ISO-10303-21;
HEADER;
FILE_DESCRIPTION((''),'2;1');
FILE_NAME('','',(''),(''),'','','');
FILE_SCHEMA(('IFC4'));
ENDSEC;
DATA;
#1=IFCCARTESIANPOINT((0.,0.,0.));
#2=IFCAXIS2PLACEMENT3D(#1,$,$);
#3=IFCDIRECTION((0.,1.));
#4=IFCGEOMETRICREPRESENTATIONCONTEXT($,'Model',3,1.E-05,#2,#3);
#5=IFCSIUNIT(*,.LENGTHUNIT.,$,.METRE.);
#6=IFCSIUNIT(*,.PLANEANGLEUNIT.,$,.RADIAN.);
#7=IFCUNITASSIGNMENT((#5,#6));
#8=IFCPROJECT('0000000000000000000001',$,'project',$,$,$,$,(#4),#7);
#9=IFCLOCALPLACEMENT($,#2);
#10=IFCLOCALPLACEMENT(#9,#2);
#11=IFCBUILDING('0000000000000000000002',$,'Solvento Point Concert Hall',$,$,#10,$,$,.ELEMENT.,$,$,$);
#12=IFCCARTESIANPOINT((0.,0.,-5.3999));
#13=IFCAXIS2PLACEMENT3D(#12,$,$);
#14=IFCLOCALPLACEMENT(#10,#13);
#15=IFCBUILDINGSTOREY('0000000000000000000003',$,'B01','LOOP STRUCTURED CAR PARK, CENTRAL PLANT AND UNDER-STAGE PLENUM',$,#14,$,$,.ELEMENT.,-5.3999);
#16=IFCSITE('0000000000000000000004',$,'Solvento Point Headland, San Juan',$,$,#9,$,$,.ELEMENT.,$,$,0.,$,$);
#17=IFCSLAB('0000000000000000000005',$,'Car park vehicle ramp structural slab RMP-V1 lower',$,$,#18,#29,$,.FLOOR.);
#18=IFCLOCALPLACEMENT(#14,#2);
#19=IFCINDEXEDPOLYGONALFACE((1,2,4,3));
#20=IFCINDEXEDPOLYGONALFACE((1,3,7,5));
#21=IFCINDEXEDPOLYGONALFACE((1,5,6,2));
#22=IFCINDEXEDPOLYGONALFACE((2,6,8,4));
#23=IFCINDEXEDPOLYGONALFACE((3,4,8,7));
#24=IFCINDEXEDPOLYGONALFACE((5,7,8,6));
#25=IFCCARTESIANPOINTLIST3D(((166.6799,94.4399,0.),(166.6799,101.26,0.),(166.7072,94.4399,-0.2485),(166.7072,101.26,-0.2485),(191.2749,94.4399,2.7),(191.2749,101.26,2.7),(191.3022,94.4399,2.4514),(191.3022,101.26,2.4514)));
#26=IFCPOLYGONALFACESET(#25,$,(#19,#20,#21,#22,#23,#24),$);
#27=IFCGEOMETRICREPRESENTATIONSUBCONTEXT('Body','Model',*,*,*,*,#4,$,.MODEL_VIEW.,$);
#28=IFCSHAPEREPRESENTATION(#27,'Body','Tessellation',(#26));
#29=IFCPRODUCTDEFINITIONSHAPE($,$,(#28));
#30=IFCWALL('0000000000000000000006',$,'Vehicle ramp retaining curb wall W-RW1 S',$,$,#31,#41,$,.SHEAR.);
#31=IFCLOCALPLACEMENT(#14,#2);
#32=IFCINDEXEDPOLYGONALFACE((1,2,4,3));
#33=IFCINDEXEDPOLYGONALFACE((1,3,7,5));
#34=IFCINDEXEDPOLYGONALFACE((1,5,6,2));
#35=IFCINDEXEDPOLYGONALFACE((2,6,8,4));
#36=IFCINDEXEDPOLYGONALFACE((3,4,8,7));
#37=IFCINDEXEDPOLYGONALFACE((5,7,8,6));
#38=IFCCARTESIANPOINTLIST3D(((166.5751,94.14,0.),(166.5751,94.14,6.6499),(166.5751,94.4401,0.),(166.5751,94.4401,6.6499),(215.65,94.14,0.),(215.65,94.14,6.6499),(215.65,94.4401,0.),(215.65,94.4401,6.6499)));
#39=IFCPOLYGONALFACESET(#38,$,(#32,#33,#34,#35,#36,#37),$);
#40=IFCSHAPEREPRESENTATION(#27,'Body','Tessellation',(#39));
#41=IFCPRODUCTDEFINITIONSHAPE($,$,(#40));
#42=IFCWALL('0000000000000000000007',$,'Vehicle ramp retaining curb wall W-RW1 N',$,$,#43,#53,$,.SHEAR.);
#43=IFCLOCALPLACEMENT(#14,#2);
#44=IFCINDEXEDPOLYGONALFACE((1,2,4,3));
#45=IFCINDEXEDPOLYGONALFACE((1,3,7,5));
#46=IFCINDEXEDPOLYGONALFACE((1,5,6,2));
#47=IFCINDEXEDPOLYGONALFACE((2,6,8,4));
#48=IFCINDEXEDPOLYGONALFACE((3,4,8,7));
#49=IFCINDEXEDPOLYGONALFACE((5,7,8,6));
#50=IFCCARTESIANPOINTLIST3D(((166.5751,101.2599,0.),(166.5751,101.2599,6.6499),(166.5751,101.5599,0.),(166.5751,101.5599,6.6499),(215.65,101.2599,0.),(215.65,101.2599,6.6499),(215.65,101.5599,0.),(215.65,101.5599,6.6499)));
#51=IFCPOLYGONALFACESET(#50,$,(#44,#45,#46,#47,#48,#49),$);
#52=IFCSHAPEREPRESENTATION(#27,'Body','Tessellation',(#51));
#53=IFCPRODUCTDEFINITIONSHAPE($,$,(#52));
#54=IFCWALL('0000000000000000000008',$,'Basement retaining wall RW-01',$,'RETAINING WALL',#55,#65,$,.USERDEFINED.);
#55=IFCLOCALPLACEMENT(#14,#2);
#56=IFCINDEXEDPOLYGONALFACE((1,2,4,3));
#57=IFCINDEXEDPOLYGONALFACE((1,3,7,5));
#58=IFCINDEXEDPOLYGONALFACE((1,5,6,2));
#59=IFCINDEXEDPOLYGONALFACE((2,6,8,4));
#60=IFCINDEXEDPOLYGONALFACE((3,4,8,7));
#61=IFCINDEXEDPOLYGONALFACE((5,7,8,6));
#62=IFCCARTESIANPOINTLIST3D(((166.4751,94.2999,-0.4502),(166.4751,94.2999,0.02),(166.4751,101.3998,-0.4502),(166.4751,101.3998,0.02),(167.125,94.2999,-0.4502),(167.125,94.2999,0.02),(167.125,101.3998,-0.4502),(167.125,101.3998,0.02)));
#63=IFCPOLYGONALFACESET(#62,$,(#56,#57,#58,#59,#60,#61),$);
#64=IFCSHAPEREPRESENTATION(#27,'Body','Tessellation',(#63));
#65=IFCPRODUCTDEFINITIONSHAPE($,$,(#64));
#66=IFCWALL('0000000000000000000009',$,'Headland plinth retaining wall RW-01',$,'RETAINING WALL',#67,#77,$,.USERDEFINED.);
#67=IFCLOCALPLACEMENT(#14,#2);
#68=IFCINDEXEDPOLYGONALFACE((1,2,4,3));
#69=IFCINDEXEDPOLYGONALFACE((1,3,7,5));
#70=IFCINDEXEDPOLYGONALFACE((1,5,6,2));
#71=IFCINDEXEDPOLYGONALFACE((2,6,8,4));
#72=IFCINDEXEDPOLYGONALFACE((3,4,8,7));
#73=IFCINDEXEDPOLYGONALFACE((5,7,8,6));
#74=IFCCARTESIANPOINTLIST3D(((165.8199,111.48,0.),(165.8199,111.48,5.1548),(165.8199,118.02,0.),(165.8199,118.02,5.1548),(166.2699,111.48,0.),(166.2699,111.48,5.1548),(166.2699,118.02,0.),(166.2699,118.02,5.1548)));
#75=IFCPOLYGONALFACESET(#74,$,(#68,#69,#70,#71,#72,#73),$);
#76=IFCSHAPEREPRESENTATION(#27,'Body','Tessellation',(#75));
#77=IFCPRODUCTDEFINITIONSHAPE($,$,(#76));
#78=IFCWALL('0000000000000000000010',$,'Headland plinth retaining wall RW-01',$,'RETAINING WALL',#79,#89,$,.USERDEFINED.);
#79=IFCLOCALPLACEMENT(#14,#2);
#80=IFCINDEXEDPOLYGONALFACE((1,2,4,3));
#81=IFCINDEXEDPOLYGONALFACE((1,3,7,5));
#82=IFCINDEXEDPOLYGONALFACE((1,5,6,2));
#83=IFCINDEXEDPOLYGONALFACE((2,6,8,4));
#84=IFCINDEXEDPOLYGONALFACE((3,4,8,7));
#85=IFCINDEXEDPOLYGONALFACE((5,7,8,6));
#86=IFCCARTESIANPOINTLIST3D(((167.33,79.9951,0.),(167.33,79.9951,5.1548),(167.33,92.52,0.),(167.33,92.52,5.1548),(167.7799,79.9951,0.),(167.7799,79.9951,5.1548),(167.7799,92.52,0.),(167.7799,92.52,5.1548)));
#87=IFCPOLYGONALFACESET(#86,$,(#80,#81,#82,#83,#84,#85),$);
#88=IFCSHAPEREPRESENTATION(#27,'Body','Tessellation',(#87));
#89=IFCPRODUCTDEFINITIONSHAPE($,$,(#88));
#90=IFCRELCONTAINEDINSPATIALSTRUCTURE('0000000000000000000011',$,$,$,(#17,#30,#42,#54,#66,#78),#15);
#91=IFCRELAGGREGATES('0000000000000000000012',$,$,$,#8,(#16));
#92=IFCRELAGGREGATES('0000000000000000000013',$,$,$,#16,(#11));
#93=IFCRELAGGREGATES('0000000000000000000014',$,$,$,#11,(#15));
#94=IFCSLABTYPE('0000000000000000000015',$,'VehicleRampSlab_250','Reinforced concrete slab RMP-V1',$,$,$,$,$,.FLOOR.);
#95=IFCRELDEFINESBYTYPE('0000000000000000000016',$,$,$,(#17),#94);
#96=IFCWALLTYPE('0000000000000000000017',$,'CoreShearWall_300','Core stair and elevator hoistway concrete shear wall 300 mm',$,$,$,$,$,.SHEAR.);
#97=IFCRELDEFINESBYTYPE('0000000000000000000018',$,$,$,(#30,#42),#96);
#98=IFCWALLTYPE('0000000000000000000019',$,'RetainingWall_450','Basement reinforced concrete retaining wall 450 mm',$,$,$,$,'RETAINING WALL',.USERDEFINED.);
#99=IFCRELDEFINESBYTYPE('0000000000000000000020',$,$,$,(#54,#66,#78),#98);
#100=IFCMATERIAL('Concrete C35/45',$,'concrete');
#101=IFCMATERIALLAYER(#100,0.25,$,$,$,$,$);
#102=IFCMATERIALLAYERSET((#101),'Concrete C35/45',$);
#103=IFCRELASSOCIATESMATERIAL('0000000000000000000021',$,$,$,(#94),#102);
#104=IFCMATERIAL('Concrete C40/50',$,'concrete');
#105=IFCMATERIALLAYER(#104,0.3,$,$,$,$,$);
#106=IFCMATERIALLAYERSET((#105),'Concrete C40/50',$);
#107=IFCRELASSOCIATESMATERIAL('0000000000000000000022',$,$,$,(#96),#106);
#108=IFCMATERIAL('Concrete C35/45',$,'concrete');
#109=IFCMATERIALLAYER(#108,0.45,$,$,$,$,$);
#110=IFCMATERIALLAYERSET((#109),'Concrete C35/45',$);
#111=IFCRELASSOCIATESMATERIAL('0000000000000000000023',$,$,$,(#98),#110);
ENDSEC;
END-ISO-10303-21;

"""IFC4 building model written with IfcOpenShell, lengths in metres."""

from ifc_helpers import new_model, si_unit, direction, frame, frame_2d, origin, place, context, subcontext, project, spatial, polyline, rectangle, outline, extrude, material, layer, layer_set, type_object, element, save


model = new_model("IFC4")

# Units and contexts
model_context = context("Model", 3, precision=1e-05, world=origin(), true_north=direction((0.0, 1.0)))
body_context = subcontext(model_context, "Body", "Model", "MODEL_VIEW")
ifc_project = project(units=[si_unit("LENGTHUNIT", "METRE"), si_unit("PLANEANGLEUNIT", "RADIAN")], contexts=[model_context])

# Site, building, storey
site_placement = place(None, origin())
site = spatial("IfcSite", under=ifc_project, at=site_placement, Name="Solvento Point Headland, San Juan", CompositionType="ELEMENT", RefElevation=0.0)
building_placement = place(site_placement, origin())
building = spatial("IfcBuilding", under=site, at=building_placement, Name="Solvento Point Concert Hall", CompositionType="ELEMENT")
storey_placement = place(building_placement, frame((0.0, 0.0, -5.3999)))
storey = spatial("IfcBuildingStorey", under=building, at=storey_placement, Name="B01", Description="LOOP STRUCTURED CAR PARK, CENTRAL PLANT AND UNDER-STAGE PLENUM", CompositionType="ELEMENT", Elevation=-5.3999)

# Slab
ifc_material_1 = material(Name="Concrete C35/45", Category="concrete")
ifc_layer_1 = layer(ifc_material_1, 0.25)
ifc_layer_set_1 = layer_set([ifc_layer_1], Name="Concrete C35/45")
slab_type = type_object("IfcSlabType", Name="VehicleRampSlab_250", Description="Reinforced concrete slab RMP-V1", PredefinedType="FLOOR", material=ifc_layer_set_1)
slab_placement = place(storey_placement, frame((166.6799, 94.4399, 0.0), z_axis=(-0.109121, 0.0, 0.994028), x_axis=(0.994028, 0.0, 0.109121)))
element("IfcSlab", 1, at=slab_placement, inside=storey, type_object=slab_type, Name="Car park vehicle ramp structural slab RMP-V1 lower", PredefinedType="FLOOR", context=body_context, shape_type="SweptSolid", body=[
    extrude(outline(polyline([(0.0, 0.0), (24.7427, 0.0), (24.7427, 6.8201), (0.0, 6.8201), (0.0, 0.0)])), origin(), (0.0, 0.0, -1.0), 0.25),
])

# Walls
ifc_material_2 = material(Name="Concrete C40/50", Category="concrete")
ifc_layer_2 = layer(ifc_material_2, 0.3)
ifc_layer_set_2 = layer_set([ifc_layer_2], Name="Concrete C40/50")
wall_type_1 = type_object("IfcWallType", Name="CoreShearWall_300", Description="Core stair and elevator hoistway concrete shear wall 300 mm", PredefinedType="SHEAR", material=ifc_layer_set_2)
for number, where, z_axis, x_axis, name in (
    (2, (166.575, 94.29, 0.0), (0.0, 0.0, 1.0), (1.0, 0.0, 0.0), "Vehicle ramp retaining curb wall W-RW1 S"),
    (3, (166.575, 101.4099, 0.0), (0.0, 0.0, 1.0), (1.0, 0.0, 0.0), "Vehicle ramp retaining curb wall W-RW1 N"),
):
    element("IfcWall", number, at=place(storey_placement, frame(where, z_axis=z_axis, x_axis=x_axis)), inside=storey, type_object=wall_type_1, Name=name, PredefinedType="SHEAR", context=body_context, shape_type="SweptSolid", body=[
        extrude(rectangle(XDim=49.075, YDim=0.3, at=frame_2d((24.5376, 0.0))), origin(), (0.0, 0.0, 1.0), 6.6499),
    ])
ifc_material_3 = material(Name="Concrete C35/45", Category="concrete")
ifc_layer_3 = layer(ifc_material_3, 0.45)
ifc_layer_set_3 = layer_set([ifc_layer_3], Name="Concrete C35/45")
wall_type_2 = type_object("IfcWallType", Name="RetainingWall_450", Description="Basement reinforced concrete retaining wall 450 mm", ElementType="RETAINING WALL", PredefinedType="USERDEFINED", material=ifc_layer_set_3)
wall_1_placement = place(storey_placement, frame((166.8, 94.3, -0.4502), z_axis=(0.0, 0.0, 1.0), x_axis=(0.0, 1.0, 0.0)))
element("IfcWall", 4, at=wall_1_placement, inside=storey, type_object=wall_type_2, Name="Basement retaining wall RW-01", ObjectType="RETAINING WALL", PredefinedType="USERDEFINED", context=body_context, shape_type="SweptSolid", body=[
    extrude(rectangle(XDim=7.0999, YDim=0.6499, at=frame_2d((3.5498, 0.0))), origin(), (0.0, 0.0, 1.0), 0.4702),
])
wall_2_placement = place(storey_placement, frame((166.0449, 111.48, 0.0), z_axis=(0.0, 0.0, 1.0), x_axis=(0.0, 1.0, 0.0)))
element("IfcWall", 5, at=wall_2_placement, inside=storey, type_object=wall_type_2, Name="Headland plinth retaining wall RW-01", ObjectType="RETAINING WALL", PredefinedType="USERDEFINED", context=body_context, shape_type="SweptSolid", body=[
    extrude(rectangle(XDim=6.54, YDim=0.45, at=frame_2d((3.27, 0.0))), origin(), (0.0, 0.0, 1.0), 5.1548),
])
wall_3_placement = place(storey_placement, frame((167.5549, 92.52, 0.0), z_axis=(0.0, 0.0, 1.0), x_axis=(0.0, -1.0, 0.0)))
element("IfcWall", 6, at=wall_3_placement, inside=storey, type_object=wall_type_2, Name="Headland plinth retaining wall RW-01", ObjectType="RETAINING WALL", PredefinedType="USERDEFINED", context=body_context, shape_type="SweptSolid", body=[
    extrude(rectangle(XDim=12.5249, YDim=0.45, at=frame_2d((6.2625, 0.0))), origin(), (0.0, 0.0, 1.0), 5.1548),
])

save(model, "model.ifc")
